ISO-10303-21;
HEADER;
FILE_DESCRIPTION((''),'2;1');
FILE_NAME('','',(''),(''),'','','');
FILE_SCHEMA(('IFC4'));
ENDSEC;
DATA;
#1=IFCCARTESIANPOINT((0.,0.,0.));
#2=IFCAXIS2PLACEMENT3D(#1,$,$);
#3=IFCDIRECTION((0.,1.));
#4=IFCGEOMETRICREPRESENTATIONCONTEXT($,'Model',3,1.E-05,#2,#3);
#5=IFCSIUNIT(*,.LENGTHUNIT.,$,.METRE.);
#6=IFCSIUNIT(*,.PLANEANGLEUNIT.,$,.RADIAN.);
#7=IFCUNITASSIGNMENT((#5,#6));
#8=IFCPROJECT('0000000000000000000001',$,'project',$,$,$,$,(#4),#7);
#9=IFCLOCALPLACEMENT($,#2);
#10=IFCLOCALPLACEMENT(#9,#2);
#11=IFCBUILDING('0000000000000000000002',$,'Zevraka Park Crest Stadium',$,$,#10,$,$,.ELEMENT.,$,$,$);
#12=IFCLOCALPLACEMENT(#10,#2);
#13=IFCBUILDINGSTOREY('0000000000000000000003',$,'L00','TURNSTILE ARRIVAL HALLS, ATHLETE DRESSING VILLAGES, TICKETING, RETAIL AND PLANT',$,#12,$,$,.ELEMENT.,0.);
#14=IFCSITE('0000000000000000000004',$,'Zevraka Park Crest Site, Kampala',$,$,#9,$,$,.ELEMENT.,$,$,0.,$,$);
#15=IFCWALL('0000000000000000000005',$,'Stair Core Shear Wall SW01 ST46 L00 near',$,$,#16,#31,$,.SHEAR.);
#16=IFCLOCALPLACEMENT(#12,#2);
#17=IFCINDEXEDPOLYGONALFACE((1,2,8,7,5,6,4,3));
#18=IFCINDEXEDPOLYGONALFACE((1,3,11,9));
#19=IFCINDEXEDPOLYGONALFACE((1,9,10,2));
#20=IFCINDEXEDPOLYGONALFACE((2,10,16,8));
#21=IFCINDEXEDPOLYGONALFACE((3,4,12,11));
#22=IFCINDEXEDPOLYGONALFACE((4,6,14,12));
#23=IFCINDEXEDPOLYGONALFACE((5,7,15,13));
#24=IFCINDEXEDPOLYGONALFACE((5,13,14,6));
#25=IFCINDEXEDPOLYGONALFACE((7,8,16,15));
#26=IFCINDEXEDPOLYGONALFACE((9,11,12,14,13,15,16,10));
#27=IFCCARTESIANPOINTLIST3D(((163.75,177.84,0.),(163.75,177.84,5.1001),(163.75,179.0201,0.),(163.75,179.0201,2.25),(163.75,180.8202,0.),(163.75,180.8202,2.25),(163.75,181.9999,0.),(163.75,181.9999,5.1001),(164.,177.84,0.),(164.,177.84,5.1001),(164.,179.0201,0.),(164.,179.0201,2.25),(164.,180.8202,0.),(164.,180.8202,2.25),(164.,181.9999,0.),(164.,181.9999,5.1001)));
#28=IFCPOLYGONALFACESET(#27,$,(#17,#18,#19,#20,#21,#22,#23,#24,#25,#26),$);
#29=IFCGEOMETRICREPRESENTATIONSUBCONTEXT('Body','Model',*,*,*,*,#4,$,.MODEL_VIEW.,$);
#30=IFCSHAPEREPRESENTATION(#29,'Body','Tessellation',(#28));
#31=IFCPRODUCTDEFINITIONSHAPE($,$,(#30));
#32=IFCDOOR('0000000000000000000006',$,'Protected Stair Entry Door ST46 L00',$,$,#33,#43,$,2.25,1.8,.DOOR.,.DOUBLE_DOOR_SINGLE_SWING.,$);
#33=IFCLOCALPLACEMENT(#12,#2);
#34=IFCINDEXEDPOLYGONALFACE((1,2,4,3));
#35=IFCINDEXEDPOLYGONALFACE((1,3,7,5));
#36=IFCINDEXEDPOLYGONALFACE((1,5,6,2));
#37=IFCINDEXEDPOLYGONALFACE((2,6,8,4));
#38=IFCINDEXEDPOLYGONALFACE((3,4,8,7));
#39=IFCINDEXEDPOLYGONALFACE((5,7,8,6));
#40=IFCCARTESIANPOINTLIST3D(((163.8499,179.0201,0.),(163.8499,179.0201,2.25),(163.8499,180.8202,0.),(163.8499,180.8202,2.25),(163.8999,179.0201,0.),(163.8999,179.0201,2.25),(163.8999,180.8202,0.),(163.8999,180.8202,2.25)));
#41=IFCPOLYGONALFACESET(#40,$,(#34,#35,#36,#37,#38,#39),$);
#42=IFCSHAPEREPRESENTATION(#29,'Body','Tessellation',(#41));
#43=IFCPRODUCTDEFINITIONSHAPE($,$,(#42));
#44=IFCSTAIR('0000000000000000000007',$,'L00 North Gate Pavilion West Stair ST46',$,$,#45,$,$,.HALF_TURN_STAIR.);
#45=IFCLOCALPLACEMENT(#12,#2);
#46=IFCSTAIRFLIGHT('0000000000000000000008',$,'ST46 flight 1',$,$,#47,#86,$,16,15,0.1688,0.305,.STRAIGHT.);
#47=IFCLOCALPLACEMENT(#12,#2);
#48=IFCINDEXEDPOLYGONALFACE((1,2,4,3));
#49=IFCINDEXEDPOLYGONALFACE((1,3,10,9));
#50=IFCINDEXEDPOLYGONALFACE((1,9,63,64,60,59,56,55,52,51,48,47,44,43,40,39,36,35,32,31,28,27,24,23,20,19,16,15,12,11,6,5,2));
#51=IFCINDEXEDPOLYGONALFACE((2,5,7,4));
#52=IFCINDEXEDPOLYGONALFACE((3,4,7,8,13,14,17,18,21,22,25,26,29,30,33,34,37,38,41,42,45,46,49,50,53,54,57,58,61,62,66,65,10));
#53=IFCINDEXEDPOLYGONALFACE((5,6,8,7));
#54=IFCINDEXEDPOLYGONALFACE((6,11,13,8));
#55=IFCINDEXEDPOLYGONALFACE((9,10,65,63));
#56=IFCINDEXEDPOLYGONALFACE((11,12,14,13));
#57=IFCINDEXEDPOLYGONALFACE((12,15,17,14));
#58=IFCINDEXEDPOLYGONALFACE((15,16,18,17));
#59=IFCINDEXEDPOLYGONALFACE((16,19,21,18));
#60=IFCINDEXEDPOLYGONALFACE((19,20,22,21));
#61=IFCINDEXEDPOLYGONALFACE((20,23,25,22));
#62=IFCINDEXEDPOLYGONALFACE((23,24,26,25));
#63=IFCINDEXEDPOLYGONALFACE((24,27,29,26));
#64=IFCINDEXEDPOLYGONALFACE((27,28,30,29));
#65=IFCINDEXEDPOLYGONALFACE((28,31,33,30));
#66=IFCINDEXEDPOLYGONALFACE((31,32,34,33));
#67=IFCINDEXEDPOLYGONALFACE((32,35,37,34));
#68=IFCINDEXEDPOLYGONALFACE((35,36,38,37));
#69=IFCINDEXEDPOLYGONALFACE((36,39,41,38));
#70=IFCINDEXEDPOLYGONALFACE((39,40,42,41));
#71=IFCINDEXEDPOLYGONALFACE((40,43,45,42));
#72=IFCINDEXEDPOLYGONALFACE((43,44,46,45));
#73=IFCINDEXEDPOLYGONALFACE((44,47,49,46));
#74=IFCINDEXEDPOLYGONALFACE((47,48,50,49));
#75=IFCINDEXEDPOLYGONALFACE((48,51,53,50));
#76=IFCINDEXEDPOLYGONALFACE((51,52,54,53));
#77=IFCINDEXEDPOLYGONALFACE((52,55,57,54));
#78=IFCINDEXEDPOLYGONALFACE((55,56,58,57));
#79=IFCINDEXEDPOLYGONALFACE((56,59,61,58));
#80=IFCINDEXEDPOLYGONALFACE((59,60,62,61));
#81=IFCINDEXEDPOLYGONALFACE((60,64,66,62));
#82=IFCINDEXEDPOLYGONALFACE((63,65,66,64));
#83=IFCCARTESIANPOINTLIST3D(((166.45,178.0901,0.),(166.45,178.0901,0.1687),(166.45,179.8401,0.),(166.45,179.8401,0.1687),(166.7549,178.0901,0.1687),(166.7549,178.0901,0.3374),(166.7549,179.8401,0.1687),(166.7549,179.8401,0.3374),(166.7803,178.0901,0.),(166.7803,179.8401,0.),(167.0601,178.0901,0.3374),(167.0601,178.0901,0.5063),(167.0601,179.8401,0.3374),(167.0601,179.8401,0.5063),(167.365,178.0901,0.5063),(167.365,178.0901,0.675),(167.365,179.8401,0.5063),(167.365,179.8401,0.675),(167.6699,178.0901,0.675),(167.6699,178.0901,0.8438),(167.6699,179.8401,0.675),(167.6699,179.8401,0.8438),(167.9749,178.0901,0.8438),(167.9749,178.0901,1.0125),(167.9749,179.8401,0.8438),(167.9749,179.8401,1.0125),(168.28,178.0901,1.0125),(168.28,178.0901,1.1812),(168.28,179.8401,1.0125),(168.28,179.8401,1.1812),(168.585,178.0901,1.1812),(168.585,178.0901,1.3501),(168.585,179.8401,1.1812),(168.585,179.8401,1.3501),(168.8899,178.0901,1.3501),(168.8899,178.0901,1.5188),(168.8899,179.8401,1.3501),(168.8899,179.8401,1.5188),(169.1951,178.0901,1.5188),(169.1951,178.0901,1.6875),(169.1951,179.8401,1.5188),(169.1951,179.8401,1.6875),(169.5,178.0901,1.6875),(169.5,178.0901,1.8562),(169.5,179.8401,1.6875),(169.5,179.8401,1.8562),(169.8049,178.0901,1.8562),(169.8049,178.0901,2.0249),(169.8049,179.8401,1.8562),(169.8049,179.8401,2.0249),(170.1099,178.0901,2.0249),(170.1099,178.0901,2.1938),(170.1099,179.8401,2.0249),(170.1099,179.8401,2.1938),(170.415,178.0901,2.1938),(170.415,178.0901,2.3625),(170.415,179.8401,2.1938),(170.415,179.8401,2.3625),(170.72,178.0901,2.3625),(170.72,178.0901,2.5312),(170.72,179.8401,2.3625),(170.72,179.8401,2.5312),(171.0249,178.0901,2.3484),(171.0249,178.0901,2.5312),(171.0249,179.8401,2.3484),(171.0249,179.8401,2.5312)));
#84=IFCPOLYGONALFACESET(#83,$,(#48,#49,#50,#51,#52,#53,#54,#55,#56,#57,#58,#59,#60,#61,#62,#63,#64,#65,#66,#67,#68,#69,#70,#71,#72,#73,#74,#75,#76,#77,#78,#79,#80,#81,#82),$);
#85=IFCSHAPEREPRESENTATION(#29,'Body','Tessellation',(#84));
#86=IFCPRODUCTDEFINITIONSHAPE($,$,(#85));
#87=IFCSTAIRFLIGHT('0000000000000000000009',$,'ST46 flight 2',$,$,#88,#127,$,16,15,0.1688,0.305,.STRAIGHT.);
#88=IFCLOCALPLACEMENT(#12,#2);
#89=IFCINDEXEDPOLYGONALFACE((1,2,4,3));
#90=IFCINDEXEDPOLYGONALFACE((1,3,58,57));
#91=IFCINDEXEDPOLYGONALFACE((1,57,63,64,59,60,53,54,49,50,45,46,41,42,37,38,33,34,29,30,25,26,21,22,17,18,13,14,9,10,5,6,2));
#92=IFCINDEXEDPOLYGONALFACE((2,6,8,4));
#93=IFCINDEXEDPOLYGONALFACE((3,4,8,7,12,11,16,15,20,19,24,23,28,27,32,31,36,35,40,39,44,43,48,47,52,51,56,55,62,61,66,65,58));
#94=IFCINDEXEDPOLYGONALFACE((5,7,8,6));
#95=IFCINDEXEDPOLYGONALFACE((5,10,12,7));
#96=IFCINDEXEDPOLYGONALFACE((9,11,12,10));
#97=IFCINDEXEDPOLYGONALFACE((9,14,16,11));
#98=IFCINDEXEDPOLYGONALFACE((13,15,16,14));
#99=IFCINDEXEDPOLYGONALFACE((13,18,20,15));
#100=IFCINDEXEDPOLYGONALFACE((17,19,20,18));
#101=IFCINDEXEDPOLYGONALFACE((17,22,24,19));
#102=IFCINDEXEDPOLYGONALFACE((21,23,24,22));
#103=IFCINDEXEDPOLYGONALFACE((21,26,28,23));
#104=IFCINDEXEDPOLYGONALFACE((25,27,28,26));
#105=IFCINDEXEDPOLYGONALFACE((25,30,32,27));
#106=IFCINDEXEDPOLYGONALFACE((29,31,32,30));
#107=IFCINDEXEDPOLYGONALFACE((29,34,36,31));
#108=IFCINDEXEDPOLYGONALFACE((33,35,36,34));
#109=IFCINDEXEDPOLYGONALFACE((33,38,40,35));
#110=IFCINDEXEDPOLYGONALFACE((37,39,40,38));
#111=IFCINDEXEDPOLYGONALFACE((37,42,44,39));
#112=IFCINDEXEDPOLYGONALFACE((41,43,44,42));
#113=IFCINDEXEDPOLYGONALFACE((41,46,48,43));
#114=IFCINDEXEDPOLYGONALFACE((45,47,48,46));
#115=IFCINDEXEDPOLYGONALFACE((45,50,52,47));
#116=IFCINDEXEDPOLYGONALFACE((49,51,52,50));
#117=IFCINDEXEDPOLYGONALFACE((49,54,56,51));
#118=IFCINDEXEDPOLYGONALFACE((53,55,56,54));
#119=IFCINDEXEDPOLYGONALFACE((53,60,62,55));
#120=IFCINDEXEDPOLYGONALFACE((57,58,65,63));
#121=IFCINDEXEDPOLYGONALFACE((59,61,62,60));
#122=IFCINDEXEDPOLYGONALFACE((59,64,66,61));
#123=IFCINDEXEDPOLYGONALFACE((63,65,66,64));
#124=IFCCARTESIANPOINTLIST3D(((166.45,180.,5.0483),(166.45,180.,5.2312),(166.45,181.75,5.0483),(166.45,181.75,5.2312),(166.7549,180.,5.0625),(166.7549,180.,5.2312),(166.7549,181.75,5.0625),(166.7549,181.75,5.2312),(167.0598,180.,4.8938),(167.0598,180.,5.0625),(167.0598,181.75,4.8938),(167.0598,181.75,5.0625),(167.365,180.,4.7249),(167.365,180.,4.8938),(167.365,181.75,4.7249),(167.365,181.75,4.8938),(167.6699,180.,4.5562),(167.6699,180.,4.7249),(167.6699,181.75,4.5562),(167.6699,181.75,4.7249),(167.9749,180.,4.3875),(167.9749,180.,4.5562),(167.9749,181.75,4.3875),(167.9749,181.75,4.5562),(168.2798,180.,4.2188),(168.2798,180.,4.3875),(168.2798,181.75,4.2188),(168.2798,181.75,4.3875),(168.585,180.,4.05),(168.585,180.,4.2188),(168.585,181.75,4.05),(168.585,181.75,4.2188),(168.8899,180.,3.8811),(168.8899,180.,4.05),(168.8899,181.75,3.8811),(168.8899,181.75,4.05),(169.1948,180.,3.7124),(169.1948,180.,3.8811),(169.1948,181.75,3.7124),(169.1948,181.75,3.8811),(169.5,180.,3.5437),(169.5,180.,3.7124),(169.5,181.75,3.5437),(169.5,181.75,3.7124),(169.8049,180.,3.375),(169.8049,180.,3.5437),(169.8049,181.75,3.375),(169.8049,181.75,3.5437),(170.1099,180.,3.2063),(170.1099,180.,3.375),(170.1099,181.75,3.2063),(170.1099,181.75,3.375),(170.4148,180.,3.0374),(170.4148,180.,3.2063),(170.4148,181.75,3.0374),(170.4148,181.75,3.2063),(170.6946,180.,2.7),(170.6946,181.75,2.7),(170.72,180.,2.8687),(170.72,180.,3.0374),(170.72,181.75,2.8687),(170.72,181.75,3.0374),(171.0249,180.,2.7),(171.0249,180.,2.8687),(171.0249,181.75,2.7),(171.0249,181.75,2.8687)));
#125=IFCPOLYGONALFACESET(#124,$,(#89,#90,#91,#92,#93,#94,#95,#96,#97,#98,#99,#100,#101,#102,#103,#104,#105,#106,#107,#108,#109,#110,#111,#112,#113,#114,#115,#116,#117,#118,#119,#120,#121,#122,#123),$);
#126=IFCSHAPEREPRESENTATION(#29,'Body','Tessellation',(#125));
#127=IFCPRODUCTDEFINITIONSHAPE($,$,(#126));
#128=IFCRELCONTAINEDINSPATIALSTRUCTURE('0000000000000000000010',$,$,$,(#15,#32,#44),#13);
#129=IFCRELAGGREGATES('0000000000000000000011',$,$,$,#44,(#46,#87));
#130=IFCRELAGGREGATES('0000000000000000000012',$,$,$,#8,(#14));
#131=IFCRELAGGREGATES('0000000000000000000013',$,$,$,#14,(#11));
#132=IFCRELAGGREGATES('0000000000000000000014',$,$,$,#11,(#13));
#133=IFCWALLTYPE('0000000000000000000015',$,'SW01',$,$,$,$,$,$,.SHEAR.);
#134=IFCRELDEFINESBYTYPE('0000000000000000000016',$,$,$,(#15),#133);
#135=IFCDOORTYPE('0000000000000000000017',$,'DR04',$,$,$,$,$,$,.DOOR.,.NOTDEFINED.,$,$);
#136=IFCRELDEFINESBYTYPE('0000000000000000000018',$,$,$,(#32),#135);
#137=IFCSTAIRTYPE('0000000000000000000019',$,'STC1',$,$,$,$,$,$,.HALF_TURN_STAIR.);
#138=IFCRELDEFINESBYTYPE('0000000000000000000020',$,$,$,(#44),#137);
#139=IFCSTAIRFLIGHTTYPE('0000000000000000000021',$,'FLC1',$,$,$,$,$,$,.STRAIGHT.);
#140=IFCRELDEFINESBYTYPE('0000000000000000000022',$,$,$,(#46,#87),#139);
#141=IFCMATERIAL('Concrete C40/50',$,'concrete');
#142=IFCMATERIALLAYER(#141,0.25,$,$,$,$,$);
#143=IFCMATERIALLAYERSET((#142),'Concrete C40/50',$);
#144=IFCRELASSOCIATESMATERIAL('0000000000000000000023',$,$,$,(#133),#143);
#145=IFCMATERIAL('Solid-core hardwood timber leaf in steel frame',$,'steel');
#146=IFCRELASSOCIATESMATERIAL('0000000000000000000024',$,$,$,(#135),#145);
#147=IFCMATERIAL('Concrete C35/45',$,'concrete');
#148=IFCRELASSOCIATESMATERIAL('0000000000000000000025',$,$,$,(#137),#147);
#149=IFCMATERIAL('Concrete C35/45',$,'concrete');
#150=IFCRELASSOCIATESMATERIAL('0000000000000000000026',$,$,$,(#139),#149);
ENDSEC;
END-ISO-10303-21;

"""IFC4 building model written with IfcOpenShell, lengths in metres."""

from ifc_helpers import new_model, si_unit, direction, frame, frame_2d, origin, place, context, subcontext, project, spatial, polyline, rectangle, outline, extrude, material, layer, layer_set, type_object, element, fill, aggregate, save


model = new_model("IFC4")

# Units and contexts
model_context = context("Model", 3, precision=1e-05, world=origin(), true_north=direction((0.0, 1.0)))
body_context = subcontext(model_context, "Body", "Model", "MODEL_VIEW")
ifc_project = project(units=[si_unit("LENGTHUNIT", "METRE"), si_unit("PLANEANGLEUNIT", "RADIAN")], contexts=[model_context])

# Site, building, storey
site_placement = place(None, origin())
site = spatial("IfcSite", under=ifc_project, at=site_placement, Name="Zevraka Park Crest Site, Kampala", CompositionType="ELEMENT", RefElevation=0.0)
building_placement = place(site_placement, origin())
building = spatial("IfcBuilding", under=site, at=building_placement, Name="Zevraka Park Crest Stadium", CompositionType="ELEMENT")
storey_placement = place(building_placement, origin())
storey = spatial("IfcBuildingStorey", under=building, at=storey_placement, Name="L00", Description="TURNSTILE ARRIVAL HALLS, ATHLETE DRESSING VILLAGES, TICKETING, RETAIL AND PLANT", CompositionType="ELEMENT", Elevation=0.0)

# Wall, opening, door
ifc_material_1 = material(Name="Concrete C40/50", Category="concrete")
ifc_layer_1 = layer(ifc_material_1, 0.25)
ifc_layer_set_1 = layer_set([ifc_layer_1], Name="Concrete C40/50")
wall_type_1 = type_object("IfcWallType", Name="SW01", PredefinedType="SHEAR", material=ifc_layer_set_1)
wall_1_placement = place(storey_placement, frame((163.875, 182.0, 0.0), z_axis=(0.0, 0.0, 1.0), x_axis=(0.0, -1.0, 0.0)))
wall_1 = element("IfcWall", 1, at=wall_1_placement, inside=storey, type_object=wall_type_1, Name="Stair Core Shear Wall SW01 ST46 L00 near", PredefinedType="SHEAR", context=body_context, shape_type="SweptSolid", body=[
    extrude(rectangle(XDim=4.1599, YDim=0.25, at=frame_2d((2.0801, 0.0))), origin(), (0.0, 0.0, 1.0), 5.1001),
])
opening_1_placement = place(wall_1_placement, frame((1.1799, 0.0, 0.0)))
opening_1 = element("IfcOpeningElement", 2, at=opening_1_placement, cuts=wall_1, PredefinedType="OPENING", context=body_context, shape_type="SweptSolid", body=[
    extrude(rectangle(XDim=1.8, YDim=2.25, at=frame_2d((0.8999, 1.125))), frame((0.0, 0.135, 0.0), z_axis=(0.0, -1.0, 0.0), x_axis=(1.0, 0.0, 0.0)), (0.0, 0.0, 1.0), 0.27),
])
ifc_material_2 = material(Name="Solid-core hardwood timber leaf in steel frame", Category="steel")
door_type_1 = type_object("IfcDoorType", Name="DR04", OperationType="NOTDEFINED", PredefinedType="DOOR", material=ifc_material_2)
door_1_placement = place(opening_1_placement, origin())
door_1 = element("IfcDoor", 3, at=door_1_placement, inside=storey, type_object=door_type_1, Name="Protected Stair Entry Door ST46 L00", OperationType="DOUBLE_DOOR_SINGLE_SWING", OverallHeight=2.25, OverallWidth=1.8, PredefinedType="DOOR", context=body_context, shape_type="SweptSolid", body=[
    extrude(rectangle(XDim=1.8, YDim=2.25, at=frame_2d((0.8999, 1.125))), frame((0.0, 0.0249, 0.0), z_axis=(0.0, -1.0, 0.0), x_axis=(1.0, 0.0, 0.0)), (0.0, 0.0, 1.0), 0.05),
])
fill(opening_1, door_1)

# Stair, stair flights
ifc_material_3 = material(Name="Concrete C35/45", Category="concrete")
stair_type = type_object("IfcStairType", Name="STC1", PredefinedType="HALF_TURN_STAIR", material=ifc_material_3)
stair_placement = place(storey_placement, origin())
stair = element("IfcStair", 4, at=stair_placement, inside=storey, type_object=stair_type, Name="L00 North Gate Pavilion West Stair ST46", PredefinedType="HALF_TURN_STAIR")
ifc_material_4 = material(Name="Concrete C35/45", Category="concrete")
stair_flight_type = type_object("IfcStairFlightType", Name="FLC1", PredefinedType="STRAIGHT", material=ifc_material_4)
stair_flight_1_placement = place(storey_placement, frame((166.45, 178.9651, 0.0), z_axis=(0.0, 0.0, 1.0), x_axis=(1.0, 0.0, 0.0)))
stair_flight_1 = element("IfcStairFlight", 5, at=stair_flight_1_placement, type_object=stair_flight_type, Name="ST46 flight 1", NumberOfRisers=16, NumberOfTreads=15, PredefinedType="STRAIGHT", RiserHeight=0.1688, TreadLength=0.305, context=body_context, shape_type="SweptSolid", body=[
    extrude(outline(polyline([(0.0, 0.0), (0.0, 0.1687), (0.3049, 0.1687), (0.3049, 0.3374), (0.6101, 0.3374), (0.6101, 0.5063), (0.915, 0.5063), (0.915, 0.675), (1.22, 0.675), (1.22, 0.8438), (1.5249, 0.8438), (1.5249, 1.0125), (1.8301, 1.0125), (1.8301, 1.1812), (2.135, 1.1812), (2.135, 1.3501), (2.4399, 1.3501), (2.4399, 1.5188), (2.7451, 1.5188), (2.7451, 1.6875), (3.05, 1.6875), (3.05, 1.8562), (3.355, 1.8562), (3.355, 2.0249), (3.6599, 2.0249), (3.6599, 2.1938), (3.9651, 2.1938), (3.9651, 2.3625), (4.27, 2.3625), (4.27, 2.5312), (4.575, 2.5312), (4.575, 2.7), (4.575, 2.3484), (0.3303, 0.0), (0.0, 0.0)])), frame((0.0, 0.875, 0.0), z_axis=(0.0, -1.0, 0.0), x_axis=(1.0, 0.0, 0.0)), (0.0, 0.0, 1.0), 1.75),
])
stair_flight_2_placement = place(storey_placement, frame((171.0249, 180.875, 2.7), z_axis=(0.0, 0.0, 1.0), x_axis=(-1.0, 0.0, 0.0)))
stair_flight_2 = element("IfcStairFlight", 6, at=stair_flight_2_placement, type_object=stair_flight_type, Name="ST46 flight 2", NumberOfRisers=16, NumberOfTreads=15, PredefinedType="STRAIGHT", RiserHeight=0.1688, TreadLength=0.305, context=body_context, shape_type="SweptSolid", body=[
    extrude(outline(polyline([(0.0, 0.0), (0.0, 0.1687), (0.3049, 0.1687), (0.3049, 0.3374), (0.6101, 0.3374), (0.6101, 0.5063), (0.915, 0.5063), (0.915, 0.675), (1.22, 0.675), (1.22, 0.8438), (1.5249, 0.8438), (1.5249, 1.0125), (1.8301, 1.0125), (1.8301, 1.1812), (2.135, 1.1812), (2.135, 1.3501), (2.4399, 1.3501), (2.4399, 1.5188), (2.7451, 1.5188), (2.7451, 1.6875), (3.05, 1.6875), (3.05, 1.8562), (3.355, 1.8562), (3.355, 2.0249), (3.6599, 2.0249), (3.6599, 2.1938), (3.9651, 2.1938), (3.9651, 2.3625), (4.27, 2.3625), (4.27, 2.5312), (4.575, 2.5312), (4.575, 2.7), (4.575, 2.3484), (0.3303, 0.0), (0.0, 0.0)])), frame((0.0, 0.875, 0.0), z_axis=(0.0, -1.0, 0.0), x_axis=(1.0, 0.0, 0.0)), (0.0, 0.0, 1.0), 1.75),
])
aggregate(stair, [stair_flight_1, stair_flight_2])

save(model, "model.ifc")
